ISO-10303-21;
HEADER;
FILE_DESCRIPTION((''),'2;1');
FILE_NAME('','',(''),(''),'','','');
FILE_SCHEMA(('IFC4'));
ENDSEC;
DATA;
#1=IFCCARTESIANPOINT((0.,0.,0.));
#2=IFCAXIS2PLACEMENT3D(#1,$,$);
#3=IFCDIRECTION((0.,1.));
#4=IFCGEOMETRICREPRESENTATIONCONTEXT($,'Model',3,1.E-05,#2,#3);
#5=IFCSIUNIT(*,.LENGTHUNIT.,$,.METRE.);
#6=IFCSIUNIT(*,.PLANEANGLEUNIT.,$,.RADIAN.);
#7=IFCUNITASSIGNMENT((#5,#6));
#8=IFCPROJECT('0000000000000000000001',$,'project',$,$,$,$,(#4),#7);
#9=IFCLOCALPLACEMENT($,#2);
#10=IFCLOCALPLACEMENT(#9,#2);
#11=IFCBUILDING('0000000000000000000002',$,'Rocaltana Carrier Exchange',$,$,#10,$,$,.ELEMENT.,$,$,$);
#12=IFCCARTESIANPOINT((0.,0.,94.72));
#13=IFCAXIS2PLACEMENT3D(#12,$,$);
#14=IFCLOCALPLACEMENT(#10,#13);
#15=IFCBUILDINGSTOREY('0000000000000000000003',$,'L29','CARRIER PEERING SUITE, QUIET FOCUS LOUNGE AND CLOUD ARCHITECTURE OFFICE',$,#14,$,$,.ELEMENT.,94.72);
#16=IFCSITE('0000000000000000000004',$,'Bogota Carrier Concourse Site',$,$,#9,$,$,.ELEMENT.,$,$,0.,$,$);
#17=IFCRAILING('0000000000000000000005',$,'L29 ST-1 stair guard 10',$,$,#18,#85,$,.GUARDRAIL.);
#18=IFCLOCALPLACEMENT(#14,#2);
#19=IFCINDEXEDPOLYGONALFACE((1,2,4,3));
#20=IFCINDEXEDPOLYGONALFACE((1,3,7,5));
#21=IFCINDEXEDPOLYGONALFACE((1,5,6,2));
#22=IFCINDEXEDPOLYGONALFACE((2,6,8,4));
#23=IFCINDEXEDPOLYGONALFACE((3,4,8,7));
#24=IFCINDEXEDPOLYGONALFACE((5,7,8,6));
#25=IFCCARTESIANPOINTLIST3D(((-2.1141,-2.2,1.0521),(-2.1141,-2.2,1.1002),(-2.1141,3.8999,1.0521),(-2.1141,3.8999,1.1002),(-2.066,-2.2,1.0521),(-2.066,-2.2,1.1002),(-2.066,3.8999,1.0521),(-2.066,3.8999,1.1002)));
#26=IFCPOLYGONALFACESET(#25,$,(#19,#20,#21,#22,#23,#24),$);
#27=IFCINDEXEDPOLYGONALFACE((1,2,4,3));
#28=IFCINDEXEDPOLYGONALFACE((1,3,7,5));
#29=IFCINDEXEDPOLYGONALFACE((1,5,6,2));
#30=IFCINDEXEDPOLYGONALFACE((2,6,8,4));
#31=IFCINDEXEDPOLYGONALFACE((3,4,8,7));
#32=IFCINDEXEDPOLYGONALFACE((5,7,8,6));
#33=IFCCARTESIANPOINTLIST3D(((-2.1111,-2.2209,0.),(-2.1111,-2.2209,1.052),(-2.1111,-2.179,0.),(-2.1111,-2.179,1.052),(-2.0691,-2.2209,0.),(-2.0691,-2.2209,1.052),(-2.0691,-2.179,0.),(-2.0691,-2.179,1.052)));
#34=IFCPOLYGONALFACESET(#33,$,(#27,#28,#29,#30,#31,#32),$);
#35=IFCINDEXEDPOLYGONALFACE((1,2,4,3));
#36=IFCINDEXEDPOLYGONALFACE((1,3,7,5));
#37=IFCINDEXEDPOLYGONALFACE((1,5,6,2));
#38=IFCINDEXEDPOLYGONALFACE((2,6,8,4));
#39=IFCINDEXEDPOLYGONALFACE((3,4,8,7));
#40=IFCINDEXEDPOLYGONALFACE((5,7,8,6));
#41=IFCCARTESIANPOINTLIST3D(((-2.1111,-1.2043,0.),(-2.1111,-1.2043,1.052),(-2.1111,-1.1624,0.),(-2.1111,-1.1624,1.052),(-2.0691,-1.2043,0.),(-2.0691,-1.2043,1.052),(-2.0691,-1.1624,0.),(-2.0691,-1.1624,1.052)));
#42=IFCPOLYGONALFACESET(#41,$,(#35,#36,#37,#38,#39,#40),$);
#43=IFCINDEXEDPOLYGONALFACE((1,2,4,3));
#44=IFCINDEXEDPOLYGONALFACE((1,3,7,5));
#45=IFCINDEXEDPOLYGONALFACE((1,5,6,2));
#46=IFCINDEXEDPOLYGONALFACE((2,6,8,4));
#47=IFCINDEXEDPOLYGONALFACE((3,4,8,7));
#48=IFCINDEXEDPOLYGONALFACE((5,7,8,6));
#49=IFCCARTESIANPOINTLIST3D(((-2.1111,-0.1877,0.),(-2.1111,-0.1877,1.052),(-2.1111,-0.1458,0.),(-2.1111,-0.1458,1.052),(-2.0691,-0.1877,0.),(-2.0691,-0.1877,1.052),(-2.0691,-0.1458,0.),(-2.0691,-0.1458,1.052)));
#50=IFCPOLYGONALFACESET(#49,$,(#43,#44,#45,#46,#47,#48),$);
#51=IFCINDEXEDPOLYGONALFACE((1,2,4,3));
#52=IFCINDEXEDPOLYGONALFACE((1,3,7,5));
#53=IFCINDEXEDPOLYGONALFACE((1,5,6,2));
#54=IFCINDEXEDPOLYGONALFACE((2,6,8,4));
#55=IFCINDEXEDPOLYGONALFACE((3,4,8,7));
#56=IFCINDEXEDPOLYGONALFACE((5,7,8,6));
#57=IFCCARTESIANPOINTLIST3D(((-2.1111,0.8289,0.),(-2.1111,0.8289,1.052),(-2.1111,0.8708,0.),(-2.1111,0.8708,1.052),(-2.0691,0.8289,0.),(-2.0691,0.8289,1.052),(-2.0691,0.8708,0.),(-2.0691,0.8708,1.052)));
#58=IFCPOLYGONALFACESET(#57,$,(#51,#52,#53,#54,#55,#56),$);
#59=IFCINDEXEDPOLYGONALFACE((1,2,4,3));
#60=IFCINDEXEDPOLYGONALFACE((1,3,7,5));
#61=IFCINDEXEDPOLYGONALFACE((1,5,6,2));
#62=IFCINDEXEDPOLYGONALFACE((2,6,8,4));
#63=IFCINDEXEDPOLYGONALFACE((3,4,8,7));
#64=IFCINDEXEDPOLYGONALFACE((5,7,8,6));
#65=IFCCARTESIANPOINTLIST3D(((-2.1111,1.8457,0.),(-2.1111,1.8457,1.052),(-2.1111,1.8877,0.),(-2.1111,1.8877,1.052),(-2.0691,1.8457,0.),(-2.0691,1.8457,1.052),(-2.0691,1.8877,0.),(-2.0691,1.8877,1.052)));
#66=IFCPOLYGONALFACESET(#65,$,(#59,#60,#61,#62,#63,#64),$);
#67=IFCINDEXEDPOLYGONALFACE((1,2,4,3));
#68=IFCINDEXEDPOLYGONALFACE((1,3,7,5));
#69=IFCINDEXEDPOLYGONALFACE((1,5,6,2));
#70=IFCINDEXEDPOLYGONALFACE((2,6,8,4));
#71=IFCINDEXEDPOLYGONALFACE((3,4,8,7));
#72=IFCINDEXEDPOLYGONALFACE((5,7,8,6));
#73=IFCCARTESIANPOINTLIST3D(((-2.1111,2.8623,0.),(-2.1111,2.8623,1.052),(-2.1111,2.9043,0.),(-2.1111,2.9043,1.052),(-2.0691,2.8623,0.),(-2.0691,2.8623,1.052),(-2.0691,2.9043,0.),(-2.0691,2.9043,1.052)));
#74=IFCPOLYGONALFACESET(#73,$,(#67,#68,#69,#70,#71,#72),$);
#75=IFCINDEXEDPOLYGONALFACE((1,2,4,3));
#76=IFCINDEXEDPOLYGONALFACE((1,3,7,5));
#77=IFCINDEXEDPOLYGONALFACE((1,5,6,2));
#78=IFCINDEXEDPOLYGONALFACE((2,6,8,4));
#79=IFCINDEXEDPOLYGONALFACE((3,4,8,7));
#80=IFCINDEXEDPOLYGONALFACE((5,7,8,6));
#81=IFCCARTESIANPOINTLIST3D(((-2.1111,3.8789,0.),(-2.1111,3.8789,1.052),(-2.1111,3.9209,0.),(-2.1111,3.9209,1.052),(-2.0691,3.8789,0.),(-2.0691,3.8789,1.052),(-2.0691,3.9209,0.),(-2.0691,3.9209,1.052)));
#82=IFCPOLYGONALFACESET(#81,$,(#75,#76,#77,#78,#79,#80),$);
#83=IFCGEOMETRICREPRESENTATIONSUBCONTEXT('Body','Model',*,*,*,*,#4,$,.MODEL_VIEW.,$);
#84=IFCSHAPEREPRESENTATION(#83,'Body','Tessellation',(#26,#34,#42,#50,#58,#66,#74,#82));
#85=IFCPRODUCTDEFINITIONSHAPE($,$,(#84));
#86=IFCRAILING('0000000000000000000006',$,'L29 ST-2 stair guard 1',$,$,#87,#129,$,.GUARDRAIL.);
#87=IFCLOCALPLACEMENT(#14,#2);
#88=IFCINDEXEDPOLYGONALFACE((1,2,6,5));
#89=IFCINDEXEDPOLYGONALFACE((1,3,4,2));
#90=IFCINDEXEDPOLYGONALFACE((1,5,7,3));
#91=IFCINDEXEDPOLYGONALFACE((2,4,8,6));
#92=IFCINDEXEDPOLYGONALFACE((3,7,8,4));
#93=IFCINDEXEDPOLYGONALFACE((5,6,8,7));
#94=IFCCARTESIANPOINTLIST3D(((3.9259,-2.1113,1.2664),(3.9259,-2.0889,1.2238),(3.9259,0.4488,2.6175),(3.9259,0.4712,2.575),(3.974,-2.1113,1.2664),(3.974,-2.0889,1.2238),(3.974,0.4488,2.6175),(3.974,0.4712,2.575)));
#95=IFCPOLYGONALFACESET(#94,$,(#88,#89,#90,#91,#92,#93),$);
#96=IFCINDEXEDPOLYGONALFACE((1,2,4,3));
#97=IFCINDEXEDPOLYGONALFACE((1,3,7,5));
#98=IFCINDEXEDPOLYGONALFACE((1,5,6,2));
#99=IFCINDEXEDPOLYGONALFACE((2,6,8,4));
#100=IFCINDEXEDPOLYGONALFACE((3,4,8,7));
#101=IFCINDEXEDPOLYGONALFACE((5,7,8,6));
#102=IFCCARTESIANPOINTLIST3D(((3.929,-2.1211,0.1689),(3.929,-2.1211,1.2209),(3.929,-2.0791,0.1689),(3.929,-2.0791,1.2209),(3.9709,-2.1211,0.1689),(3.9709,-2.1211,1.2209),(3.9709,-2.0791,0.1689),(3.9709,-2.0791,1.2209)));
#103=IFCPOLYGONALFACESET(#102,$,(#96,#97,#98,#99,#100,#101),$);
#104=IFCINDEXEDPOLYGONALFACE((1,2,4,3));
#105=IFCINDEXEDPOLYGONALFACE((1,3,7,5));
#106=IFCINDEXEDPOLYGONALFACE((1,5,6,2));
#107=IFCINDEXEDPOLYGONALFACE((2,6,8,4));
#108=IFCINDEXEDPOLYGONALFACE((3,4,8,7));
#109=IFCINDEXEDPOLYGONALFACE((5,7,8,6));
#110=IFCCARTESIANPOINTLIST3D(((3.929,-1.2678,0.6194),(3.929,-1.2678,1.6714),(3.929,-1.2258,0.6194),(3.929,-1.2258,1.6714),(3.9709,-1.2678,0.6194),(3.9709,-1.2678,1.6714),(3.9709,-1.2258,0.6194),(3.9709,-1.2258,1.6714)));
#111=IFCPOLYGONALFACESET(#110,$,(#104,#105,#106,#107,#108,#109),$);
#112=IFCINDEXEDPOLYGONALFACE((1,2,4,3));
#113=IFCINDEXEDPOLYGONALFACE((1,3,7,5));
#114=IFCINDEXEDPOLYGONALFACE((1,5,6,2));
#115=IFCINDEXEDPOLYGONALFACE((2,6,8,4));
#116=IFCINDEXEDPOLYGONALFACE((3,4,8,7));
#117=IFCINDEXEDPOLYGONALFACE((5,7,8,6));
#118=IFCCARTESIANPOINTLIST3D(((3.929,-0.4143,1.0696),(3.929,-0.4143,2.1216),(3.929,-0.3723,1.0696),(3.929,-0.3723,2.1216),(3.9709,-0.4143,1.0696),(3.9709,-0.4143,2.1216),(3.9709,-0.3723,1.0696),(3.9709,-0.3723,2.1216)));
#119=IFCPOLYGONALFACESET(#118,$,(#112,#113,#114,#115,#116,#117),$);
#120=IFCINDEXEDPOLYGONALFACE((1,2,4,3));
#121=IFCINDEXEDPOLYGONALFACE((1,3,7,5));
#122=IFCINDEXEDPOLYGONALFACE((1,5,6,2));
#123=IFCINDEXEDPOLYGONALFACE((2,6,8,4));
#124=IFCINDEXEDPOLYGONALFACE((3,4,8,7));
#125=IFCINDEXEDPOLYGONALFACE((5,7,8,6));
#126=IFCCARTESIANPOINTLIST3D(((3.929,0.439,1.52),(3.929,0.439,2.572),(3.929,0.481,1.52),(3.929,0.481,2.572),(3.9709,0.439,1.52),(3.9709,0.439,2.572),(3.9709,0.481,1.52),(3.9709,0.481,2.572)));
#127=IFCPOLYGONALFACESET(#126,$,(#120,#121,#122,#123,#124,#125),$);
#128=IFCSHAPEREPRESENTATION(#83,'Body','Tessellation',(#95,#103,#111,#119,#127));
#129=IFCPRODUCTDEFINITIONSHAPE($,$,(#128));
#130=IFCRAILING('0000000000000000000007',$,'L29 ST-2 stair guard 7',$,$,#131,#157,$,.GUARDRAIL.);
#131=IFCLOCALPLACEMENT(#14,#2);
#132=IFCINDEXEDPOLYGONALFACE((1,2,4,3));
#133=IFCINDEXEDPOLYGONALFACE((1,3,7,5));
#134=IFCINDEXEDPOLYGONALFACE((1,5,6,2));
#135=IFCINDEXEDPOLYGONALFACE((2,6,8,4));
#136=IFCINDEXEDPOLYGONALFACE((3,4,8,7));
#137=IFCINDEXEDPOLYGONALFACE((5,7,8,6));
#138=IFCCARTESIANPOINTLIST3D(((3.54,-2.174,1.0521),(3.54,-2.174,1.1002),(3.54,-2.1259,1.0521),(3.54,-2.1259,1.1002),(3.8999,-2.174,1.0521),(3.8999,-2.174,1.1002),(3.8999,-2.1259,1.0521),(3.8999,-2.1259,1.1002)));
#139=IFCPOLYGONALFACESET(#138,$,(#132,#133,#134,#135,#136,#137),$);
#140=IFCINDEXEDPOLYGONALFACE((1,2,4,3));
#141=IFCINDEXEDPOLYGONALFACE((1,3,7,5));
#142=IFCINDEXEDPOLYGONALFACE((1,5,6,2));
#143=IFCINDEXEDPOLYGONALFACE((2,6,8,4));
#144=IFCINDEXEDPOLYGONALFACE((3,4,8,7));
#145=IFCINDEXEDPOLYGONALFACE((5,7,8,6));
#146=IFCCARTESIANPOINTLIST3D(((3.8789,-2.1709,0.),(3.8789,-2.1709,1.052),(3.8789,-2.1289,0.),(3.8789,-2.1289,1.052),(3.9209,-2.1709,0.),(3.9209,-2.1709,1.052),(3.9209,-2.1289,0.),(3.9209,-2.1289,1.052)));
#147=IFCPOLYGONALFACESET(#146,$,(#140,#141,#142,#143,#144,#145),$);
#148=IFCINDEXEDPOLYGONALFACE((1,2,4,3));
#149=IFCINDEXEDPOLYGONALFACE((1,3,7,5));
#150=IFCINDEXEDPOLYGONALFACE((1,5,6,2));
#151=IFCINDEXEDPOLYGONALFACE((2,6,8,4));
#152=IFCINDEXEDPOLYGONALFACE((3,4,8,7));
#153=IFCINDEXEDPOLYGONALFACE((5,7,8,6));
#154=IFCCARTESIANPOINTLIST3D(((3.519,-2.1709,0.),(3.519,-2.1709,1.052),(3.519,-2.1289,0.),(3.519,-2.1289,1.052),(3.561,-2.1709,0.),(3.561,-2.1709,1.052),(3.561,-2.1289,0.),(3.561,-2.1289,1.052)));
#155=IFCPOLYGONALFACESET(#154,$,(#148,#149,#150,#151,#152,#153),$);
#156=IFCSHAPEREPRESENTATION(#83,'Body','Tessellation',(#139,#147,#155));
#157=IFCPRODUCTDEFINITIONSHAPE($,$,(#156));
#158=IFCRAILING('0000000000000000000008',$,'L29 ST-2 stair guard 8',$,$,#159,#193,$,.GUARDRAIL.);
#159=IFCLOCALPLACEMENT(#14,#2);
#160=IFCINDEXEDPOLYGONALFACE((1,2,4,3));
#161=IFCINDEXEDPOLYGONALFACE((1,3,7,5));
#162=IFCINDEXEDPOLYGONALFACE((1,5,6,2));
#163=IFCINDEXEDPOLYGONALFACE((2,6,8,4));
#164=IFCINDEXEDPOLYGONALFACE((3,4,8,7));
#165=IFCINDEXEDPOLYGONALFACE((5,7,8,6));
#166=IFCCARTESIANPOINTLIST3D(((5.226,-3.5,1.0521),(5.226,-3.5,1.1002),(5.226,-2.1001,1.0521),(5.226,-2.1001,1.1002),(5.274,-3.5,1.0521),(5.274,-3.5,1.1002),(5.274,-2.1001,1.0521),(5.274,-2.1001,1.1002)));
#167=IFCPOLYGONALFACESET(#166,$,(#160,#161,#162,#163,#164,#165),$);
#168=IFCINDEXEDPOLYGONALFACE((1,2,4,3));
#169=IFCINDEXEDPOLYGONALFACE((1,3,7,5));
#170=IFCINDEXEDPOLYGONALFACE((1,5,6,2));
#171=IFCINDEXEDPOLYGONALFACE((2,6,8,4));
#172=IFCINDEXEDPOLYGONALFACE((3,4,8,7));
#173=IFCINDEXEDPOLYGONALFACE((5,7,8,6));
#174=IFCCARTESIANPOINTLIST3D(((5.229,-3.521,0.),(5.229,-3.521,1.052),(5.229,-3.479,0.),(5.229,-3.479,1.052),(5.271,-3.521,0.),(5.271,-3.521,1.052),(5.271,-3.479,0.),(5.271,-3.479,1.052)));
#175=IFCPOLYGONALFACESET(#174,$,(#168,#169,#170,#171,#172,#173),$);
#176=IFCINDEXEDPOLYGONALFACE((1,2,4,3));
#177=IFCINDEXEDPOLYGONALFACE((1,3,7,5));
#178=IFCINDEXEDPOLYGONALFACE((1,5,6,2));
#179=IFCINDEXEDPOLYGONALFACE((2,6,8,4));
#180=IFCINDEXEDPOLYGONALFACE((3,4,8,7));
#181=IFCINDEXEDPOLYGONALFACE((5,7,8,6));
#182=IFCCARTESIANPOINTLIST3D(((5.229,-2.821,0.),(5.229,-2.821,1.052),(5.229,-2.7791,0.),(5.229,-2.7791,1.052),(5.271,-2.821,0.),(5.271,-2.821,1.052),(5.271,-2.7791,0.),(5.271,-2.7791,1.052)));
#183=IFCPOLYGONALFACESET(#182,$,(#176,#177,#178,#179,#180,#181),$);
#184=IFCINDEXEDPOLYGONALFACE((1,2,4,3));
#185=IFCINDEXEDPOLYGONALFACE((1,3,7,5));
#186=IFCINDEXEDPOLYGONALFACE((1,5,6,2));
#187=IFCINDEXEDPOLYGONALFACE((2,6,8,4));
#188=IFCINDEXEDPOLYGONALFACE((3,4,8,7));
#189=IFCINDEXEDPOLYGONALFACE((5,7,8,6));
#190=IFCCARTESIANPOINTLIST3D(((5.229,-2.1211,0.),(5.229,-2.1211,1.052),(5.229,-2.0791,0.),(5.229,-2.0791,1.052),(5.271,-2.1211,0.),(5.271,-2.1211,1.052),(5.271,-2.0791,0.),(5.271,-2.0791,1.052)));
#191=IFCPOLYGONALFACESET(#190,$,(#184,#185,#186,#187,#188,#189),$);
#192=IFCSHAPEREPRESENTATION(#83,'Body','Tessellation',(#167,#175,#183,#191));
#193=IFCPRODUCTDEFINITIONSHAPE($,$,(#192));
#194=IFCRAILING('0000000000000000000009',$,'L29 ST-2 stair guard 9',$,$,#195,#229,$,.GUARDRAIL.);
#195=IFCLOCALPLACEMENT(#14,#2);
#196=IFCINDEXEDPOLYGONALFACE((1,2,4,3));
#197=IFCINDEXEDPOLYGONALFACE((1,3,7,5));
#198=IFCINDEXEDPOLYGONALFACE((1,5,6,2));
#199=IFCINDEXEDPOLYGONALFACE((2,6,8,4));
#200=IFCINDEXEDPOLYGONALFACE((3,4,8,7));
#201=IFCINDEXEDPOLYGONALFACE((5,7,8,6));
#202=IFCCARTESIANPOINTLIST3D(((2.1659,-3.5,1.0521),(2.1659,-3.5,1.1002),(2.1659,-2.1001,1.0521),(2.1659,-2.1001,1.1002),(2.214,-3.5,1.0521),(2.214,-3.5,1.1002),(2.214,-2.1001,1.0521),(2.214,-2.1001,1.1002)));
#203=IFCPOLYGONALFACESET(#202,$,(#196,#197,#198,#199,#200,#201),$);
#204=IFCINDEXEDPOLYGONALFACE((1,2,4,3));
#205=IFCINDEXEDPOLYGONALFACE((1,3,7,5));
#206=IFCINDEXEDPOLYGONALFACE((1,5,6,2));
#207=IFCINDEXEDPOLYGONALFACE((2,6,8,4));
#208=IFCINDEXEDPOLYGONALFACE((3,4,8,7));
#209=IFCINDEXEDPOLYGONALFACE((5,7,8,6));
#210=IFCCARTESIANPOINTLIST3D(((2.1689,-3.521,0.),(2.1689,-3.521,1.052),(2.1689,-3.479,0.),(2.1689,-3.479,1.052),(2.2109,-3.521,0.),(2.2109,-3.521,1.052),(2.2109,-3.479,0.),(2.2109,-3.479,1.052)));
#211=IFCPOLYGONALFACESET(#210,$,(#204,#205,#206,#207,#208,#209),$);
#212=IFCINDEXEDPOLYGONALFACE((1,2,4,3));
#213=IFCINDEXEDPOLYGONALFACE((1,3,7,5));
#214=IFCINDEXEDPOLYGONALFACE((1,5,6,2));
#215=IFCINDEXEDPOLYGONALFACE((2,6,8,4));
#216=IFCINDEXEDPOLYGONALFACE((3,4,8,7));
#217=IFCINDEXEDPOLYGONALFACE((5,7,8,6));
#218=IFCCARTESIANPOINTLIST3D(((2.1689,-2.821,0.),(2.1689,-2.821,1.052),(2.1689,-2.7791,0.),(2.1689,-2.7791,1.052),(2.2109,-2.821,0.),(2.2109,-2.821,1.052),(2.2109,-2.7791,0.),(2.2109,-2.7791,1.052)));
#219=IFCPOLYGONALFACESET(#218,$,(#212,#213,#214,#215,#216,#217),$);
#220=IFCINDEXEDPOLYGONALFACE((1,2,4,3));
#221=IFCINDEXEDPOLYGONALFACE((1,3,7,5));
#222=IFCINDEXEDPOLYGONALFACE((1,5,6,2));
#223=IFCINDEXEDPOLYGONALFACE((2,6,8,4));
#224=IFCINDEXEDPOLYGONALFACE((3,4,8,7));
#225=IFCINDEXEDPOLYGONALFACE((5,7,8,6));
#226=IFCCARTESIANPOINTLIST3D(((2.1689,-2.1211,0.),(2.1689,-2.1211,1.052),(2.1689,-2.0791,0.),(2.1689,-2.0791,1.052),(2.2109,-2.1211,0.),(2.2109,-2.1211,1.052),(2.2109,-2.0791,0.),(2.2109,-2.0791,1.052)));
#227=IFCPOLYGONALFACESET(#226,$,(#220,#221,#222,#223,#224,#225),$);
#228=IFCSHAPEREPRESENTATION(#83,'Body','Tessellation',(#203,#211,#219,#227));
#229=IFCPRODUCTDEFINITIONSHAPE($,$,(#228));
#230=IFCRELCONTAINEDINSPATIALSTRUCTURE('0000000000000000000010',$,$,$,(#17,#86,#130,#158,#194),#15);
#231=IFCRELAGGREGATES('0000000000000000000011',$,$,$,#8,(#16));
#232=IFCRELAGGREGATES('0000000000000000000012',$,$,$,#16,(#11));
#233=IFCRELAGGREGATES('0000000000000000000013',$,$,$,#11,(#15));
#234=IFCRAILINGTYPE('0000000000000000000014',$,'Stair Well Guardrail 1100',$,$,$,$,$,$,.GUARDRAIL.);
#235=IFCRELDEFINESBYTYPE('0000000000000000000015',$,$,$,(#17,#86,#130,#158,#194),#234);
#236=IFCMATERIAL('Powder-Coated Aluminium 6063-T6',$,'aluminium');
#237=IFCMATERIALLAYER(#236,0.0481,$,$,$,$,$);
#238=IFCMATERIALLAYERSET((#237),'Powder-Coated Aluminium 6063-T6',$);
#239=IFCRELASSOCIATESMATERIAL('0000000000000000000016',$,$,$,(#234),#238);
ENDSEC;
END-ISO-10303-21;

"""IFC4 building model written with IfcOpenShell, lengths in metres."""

from ifc_helpers import new_model, si_unit, direction, frame, origin, origin_2d, place, context, subcontext, project, spatial, rectangle, extrude, material, layer, layer_set, type_object, element, save


model = new_model("IFC4")

# Units and contexts
model_context = context("Model", 3, precision=1e-05, world=origin(), true_north=direction((0.0, 1.0)))
body_context = subcontext(model_context, "Body", "Model", "MODEL_VIEW")
ifc_project = project(units=[si_unit("LENGTHUNIT", "METRE"), si_unit("PLANEANGLEUNIT", "RADIAN")], contexts=[model_context])

# Site, building, storey
site_placement = place(None, origin())
site = spatial("IfcSite", under=ifc_project, at=site_placement, Name="Bogota Carrier Concourse Site", CompositionType="ELEMENT", RefElevation=0.0)
building_placement = place(site_placement, origin())
building = spatial("IfcBuilding", under=site, at=building_placement, Name="Rocaltana Carrier Exchange", CompositionType="ELEMENT")
storey_placement = place(building_placement, frame((0.0, 0.0, 94.72)))
storey = spatial("IfcBuildingStorey", under=building, at=storey_placement, Name="L29", Description="CARRIER PEERING SUITE, QUIET FOCUS LOUNGE AND CLOUD ARCHITECTURE OFFICE", CompositionType="ELEMENT", Elevation=94.72)

# Railings
ifc_material_1 = material(Name="Powder-Coated Aluminium 6063-T6", Category="aluminium")
ifc_layer_1 = layer(ifc_material_1, 0.0481)
ifc_layer_set_1 = layer_set([ifc_layer_1], Name="Powder-Coated Aluminium 6063-T6")
railing_type_1 = type_object("IfcRailingType", Name="Stair Well Guardrail 1100", PredefinedType="GUARDRAIL", material=ifc_layer_set_1)
railing_1_placement = place(storey_placement, frame((-2.0901, -2.2, 0.0)))
element("IfcRailing", 1, at=railing_1_placement, inside=storey, type_object=railing_type_1, Name="L29 ST-1 stair guard 10", PredefinedType="GUARDRAIL", context=body_context, shape_type="SweptSolid", body=[
    extrude(rectangle(XDim=0.0481, YDim=0.0481, at=origin_2d()), frame((0.0, 0.0, 1.0762), z_axis=(0.0, 1.0, 0.0), x_axis=(-1.0, 0.0, 0.0)), (0.0, 0.0, 1.0), 6.0999),
    extrude(rectangle(XDim=0.042, YDim=0.042, at=origin_2d()), origin(), (0.0, 0.0, 1.0), 1.052),
    extrude(rectangle(XDim=0.042, YDim=0.042, at=origin_2d()), frame((0.0, 1.0166, 0.0)), (0.0, 0.0, 1.0), 1.052),
    extrude(rectangle(XDim=0.042, YDim=0.042, at=origin_2d()), frame((0.0, 2.0332, 0.0)), (0.0, 0.0, 1.0), 1.052),
    extrude(rectangle(XDim=0.042, YDim=0.042, at=origin_2d()), frame((0.0, 3.0498, 0.0)), (0.0, 0.0, 1.0), 1.052),
    extrude(rectangle(XDim=0.042, YDim=0.042, at=origin_2d()), frame((0.0, 4.0667, 0.0)), (0.0, 0.0, 1.0), 1.052),
    extrude(rectangle(XDim=0.042, YDim=0.042, at=origin_2d()), frame((0.0, 5.0833, 0.0)), (0.0, 0.0, 1.0), 1.052),
    extrude(rectangle(XDim=0.042, YDim=0.042, at=origin_2d()), frame((0.0, 6.0999, 0.0)), (0.0, 0.0, 1.0), 1.052),
])
railing_2_placement = place(storey_placement, frame((3.95, -2.1001, 0.1689)))
element("IfcRailing", 2, at=railing_2_placement, inside=storey, type_object=railing_type_1, Name="L29 ST-2 stair guard 1", PredefinedType="GUARDRAIL", context=body_context, shape_type="SweptSolid", body=[
    extrude(rectangle(XDim=0.0481, YDim=0.0481, at=origin_2d()), frame((0.0, 0.0, 1.0762), z_axis=(0.0, 0.884394, 0.46674), x_axis=(-1.0, 0.0, 0.0)), (0.0, 0.0, 1.0), 2.8948),
    extrude(rectangle(XDim=0.042, YDim=0.042, at=origin_2d()), origin(), (0.0, 0.0, 1.0), 1.052),
    extrude(rectangle(XDim=0.042, YDim=0.042, at=origin_2d()), frame((0.0, 0.8533, 0.4504)), (0.0, 0.0, 1.0), 1.052),
    extrude(rectangle(XDim=0.042, YDim=0.042, at=origin_2d()), frame((0.0, 1.7068, 0.9006)), (0.0, 0.0, 1.0), 1.052),
    extrude(rectangle(XDim=0.042, YDim=0.042, at=origin_2d()), frame((0.0, 2.5601, 1.3511)), (0.0, 0.0, 1.0), 1.052),
])
railing_3_placement = place(storey_placement, frame((3.8999, -2.1499, 0.0)))
element("IfcRailing", 3, at=railing_3_placement, inside=storey, type_object=railing_type_1, Name="L29 ST-2 stair guard 7", PredefinedType="GUARDRAIL", context=body_context, shape_type="SweptSolid", body=[
    extrude(rectangle(XDim=0.0481, YDim=0.0481, at=origin_2d()), frame((0.0, 0.0, 1.0762), z_axis=(-1.0, 0.0, 0.0), x_axis=(0.0, -1.0, 0.0)), (0.0, 0.0, 1.0), 0.3599),
    extrude(rectangle(XDim=0.042, YDim=0.042, at=origin_2d()), origin(), (0.0, 0.0, 1.0), 1.052),
    extrude(rectangle(XDim=0.042, YDim=0.042, at=origin_2d()), frame((-0.3599, 0.0, 0.0)), (0.0, 0.0, 1.0), 1.052),
])
for number, where, name in (
    (4, (5.25, -3.5, 0.0), "L29 ST-2 stair guard 8"),
    (5, (2.1899, -3.5, 0.0), "L29 ST-2 stair guard 9"),
):
    element("IfcRailing", number, at=place(storey_placement, frame(where)), inside=storey, type_object=railing_type_1, Name=name, PredefinedType="GUARDRAIL", context=body_context, shape_type="SweptSolid", body=[
        extrude(rectangle(XDim=0.0481, YDim=0.0481, at=origin_2d()), frame((0.0, 0.0, 1.0762), z_axis=(0.0, 1.0, 0.0), x_axis=(-1.0, 0.0, 0.0)), (0.0, 0.0, 1.0), 1.3999),
        extrude(rectangle(XDim=0.042, YDim=0.042, at=origin_2d()), origin(), (0.0, 0.0, 1.0), 1.052),
        extrude(rectangle(XDim=0.042, YDim=0.042, at=origin_2d()), frame((0.0, 0.7, 0.0)), (0.0, 0.0, 1.0), 1.052),
        extrude(rectangle(XDim=0.042, YDim=0.042, at=origin_2d()), frame((0.0, 1.3999, 0.0)), (0.0, 0.0, 1.0), 1.052),
    ])

save(model, "model.ifc")
